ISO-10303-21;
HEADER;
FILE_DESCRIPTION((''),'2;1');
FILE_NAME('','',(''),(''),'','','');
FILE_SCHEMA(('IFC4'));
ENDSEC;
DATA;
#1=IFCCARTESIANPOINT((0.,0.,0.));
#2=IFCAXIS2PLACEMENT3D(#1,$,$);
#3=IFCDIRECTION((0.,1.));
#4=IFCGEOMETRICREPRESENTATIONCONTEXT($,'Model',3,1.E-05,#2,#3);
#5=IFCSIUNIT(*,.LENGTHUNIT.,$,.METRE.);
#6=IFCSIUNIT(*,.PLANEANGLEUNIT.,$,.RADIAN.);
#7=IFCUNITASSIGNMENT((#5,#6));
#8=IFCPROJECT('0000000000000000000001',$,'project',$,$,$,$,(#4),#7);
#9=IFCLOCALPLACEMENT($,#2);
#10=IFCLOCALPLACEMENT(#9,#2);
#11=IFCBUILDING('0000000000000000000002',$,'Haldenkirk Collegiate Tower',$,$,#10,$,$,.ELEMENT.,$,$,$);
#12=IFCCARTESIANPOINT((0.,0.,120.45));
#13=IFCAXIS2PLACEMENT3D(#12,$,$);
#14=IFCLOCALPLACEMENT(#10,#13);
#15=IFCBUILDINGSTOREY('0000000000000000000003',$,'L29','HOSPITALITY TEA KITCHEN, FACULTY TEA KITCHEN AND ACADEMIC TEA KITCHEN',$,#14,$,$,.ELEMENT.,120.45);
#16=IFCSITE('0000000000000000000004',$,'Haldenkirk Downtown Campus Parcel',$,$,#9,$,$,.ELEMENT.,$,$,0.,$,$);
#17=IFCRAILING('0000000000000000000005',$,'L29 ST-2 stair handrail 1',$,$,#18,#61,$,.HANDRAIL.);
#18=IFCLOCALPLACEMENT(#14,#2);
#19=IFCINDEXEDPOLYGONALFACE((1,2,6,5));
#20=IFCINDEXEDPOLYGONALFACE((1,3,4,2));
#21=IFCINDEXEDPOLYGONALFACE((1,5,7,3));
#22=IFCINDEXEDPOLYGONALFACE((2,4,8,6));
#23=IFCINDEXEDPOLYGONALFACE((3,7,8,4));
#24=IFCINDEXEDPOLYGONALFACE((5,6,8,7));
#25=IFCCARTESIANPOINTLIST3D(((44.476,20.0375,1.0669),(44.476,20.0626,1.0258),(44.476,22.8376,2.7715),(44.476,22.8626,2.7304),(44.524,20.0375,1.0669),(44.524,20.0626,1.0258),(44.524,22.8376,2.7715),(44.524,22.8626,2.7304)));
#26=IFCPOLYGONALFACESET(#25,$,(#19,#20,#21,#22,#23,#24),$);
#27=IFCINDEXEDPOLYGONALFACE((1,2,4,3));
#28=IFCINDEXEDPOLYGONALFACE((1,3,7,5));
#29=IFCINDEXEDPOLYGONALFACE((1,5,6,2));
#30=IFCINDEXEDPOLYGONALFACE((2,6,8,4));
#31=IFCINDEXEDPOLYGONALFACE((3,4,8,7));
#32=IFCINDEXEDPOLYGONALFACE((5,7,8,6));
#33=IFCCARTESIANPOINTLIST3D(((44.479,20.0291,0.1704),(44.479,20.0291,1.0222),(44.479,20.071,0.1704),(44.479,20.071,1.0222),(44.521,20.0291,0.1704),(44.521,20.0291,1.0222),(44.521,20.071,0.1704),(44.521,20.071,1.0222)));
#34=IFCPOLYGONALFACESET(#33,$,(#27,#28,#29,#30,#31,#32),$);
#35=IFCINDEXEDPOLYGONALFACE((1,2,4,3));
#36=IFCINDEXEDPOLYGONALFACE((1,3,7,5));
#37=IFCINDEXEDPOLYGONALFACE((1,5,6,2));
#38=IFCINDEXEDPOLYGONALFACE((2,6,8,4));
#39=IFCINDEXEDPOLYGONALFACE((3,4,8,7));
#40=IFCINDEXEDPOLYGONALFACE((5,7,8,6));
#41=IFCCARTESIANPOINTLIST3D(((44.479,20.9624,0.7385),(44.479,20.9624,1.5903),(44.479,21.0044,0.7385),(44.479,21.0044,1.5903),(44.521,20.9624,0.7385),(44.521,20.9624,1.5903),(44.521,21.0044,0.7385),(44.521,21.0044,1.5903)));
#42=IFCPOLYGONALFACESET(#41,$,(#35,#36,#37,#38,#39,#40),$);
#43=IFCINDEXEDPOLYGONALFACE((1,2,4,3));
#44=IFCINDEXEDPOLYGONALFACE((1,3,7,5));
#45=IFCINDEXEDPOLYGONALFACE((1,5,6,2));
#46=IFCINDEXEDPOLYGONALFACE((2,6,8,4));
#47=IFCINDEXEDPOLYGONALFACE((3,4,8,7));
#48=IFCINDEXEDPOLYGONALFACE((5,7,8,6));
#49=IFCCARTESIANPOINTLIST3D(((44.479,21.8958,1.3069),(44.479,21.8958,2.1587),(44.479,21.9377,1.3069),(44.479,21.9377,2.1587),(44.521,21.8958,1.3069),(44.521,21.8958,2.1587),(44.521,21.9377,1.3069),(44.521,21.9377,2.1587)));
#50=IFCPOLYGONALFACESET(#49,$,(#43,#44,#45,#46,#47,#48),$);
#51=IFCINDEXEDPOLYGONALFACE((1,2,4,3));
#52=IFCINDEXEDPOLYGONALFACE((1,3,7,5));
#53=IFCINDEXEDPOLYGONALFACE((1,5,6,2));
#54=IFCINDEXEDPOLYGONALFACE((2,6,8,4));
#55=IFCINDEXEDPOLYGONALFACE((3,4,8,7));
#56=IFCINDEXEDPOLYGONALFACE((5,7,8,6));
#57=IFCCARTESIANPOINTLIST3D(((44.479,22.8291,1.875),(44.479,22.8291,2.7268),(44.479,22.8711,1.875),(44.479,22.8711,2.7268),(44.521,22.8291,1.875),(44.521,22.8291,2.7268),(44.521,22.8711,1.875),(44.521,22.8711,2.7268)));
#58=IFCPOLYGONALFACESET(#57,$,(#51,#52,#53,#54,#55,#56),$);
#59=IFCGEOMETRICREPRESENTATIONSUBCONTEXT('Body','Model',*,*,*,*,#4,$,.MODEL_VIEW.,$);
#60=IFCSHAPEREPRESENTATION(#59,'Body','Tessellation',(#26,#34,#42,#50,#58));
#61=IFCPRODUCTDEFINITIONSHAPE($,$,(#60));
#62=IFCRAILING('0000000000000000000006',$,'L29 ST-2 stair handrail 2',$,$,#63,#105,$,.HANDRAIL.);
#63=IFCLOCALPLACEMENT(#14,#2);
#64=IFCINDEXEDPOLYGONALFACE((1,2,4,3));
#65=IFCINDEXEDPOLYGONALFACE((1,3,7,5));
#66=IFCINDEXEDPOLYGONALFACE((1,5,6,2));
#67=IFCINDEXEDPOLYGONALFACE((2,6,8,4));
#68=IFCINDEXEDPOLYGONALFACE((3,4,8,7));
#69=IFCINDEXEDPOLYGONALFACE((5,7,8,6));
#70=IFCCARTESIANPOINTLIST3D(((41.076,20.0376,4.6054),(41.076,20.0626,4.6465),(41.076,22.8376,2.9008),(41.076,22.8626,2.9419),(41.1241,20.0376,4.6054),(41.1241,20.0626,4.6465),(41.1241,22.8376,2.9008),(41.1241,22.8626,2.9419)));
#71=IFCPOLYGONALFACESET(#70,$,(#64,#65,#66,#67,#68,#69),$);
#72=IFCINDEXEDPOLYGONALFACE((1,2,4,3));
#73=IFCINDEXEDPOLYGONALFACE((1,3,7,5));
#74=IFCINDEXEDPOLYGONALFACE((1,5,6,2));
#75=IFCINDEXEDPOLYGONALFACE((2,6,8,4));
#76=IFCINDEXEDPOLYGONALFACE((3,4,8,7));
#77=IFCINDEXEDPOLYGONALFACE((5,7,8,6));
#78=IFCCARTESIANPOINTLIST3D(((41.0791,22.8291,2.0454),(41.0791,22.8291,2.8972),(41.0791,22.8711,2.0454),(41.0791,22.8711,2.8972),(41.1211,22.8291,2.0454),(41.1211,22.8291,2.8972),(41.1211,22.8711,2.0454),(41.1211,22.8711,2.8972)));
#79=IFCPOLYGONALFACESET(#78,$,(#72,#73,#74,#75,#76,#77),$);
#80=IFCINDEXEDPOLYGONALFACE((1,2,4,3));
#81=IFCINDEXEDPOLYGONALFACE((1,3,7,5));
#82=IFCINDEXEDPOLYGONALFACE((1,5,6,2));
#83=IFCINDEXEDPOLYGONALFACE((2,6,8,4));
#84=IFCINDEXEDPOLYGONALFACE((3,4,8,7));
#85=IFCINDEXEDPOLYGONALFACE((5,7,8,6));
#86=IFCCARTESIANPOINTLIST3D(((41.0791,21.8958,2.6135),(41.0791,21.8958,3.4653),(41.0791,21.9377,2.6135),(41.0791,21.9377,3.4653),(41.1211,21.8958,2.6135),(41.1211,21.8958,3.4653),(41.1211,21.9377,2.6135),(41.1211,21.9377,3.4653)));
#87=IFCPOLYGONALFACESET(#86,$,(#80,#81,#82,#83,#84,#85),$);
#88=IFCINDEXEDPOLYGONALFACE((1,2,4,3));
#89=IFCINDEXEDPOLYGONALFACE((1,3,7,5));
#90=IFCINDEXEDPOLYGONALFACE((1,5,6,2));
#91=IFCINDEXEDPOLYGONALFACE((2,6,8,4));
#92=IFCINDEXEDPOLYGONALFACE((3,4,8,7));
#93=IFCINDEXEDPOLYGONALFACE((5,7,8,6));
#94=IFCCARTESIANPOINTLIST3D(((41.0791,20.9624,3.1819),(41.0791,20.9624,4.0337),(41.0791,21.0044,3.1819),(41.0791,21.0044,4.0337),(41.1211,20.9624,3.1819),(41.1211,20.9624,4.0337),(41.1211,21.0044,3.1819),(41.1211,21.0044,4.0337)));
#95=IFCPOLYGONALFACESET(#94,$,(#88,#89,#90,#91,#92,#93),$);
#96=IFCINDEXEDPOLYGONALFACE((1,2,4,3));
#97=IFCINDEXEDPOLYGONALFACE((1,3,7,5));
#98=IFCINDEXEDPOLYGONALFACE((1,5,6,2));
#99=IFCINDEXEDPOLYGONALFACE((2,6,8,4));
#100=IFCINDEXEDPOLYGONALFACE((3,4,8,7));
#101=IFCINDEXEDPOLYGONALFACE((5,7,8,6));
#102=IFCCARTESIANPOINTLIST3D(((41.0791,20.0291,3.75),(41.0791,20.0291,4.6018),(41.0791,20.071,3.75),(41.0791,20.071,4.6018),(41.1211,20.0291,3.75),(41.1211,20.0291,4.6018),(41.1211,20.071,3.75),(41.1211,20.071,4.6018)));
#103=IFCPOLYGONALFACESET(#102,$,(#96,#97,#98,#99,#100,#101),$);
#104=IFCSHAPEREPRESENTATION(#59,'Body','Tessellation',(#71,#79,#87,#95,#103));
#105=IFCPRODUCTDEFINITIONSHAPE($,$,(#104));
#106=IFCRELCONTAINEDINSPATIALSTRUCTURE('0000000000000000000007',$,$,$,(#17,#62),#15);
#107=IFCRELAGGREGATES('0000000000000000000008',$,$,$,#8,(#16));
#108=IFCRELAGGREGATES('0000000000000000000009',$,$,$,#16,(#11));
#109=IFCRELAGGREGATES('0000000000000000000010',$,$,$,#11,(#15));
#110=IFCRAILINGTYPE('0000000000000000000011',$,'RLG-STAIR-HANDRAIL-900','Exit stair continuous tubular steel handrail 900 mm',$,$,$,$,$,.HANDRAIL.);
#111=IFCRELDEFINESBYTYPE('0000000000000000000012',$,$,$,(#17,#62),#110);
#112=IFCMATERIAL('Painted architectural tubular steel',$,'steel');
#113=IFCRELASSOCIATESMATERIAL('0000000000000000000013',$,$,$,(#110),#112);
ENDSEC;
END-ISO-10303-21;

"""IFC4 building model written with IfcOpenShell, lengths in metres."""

from ifc_helpers import new_model, si_unit, direction, frame, origin, origin_2d, place, context, subcontext, project, spatial, rectangle, extrude, material, type_object, element, save


model = new_model("IFC4")

# Units and contexts
model_context = context("Model", 3, precision=1e-05, world=origin(), true_north=direction((0.0, 1.0)))
body_context = subcontext(model_context, "Body", "Model", "MODEL_VIEW")
ifc_project = project(units=[si_unit("LENGTHUNIT", "METRE"), si_unit("PLANEANGLEUNIT", "RADIAN")], contexts=[model_context])

# Site, building, storey
site_placement = place(None, origin())
site = spatial("IfcSite", under=ifc_project, at=site_placement, Name="Haldenkirk Downtown Campus Parcel", CompositionType="ELEMENT", RefElevation=0.0)
building_placement = place(site_placement, origin())
building = spatial("IfcBuilding", under=site, at=building_placement, Name="Haldenkirk Collegiate Tower", CompositionType="ELEMENT")
storey_placement = place(building_placement, frame((0.0, 0.0, 120.45)))
storey = spatial("IfcBuildingStorey", under=building, at=storey_placement, Name="L29", Description="HOSPITALITY TEA KITCHEN, FACULTY TEA KITCHEN AND ACADEMIC TEA KITCHEN", CompositionType="ELEMENT", Elevation=120.45)

# Railings
ifc_material_1 = material(Name="Painted architectural tubular steel", Category="steel")
railing_type_1 = type_object("IfcRailingType", Name="RLG-STAIR-HANDRAIL-900", Description="Exit stair continuous tubular steel handrail 900 mm", PredefinedType="HANDRAIL", material=ifc_material_1)
railing_1_placement = place(storey_placement, frame((44.5, 20.05, 0.1704)))
element("IfcRailing", 1, at=railing_1_placement, inside=storey, type_object=railing_type_1, Name="L29 ST-2 stair handrail 1", PredefinedType="HANDRAIL", context=body_context, shape_type="SweptSolid", body=[
    extrude(rectangle(XDim=0.0481, YDim=0.0481, at=origin_2d()), frame((0.0, 0.0, 0.876), z_axis=(0.0, 0.85417, 0.519994), x_axis=(-1.0, 0.0, 0.0)), (0.0, 0.0, 1.0), 3.2781),
    extrude(rectangle(XDim=0.042, YDim=0.042, at=origin_2d()), origin(), (0.0, 0.0, 1.0), 0.8518),
    extrude(rectangle(XDim=0.042, YDim=0.042, at=origin_2d()), frame((0.0, 0.9333, 0.5681)), (0.0, 0.0, 1.0), 0.8518),
    extrude(rectangle(XDim=0.042, YDim=0.042, at=origin_2d()), frame((0.0, 1.8667, 1.1365)), (0.0, 0.0, 1.0), 0.8518),
    extrude(rectangle(XDim=0.042, YDim=0.042, at=origin_2d()), frame((0.0, 2.8, 1.7046)), (0.0, 0.0, 1.0), 0.8518),
])
railing_2_placement = place(storey_placement, frame((41.1001, 22.8501, 2.0454)))
element("IfcRailing", 2, at=railing_2_placement, inside=storey, type_object=railing_type_1, Name="L29 ST-2 stair handrail 2", PredefinedType="HANDRAIL", context=body_context, shape_type="SweptSolid", body=[
    extrude(rectangle(XDim=0.0481, YDim=0.0481, at=origin_2d()), frame((0.0, 0.0, 0.876), z_axis=(0.0, -0.85417, 0.519994), x_axis=(1.0, 0.0, 0.0)), (0.0, 0.0, 1.0), 3.2781),
    extrude(rectangle(XDim=0.042, YDim=0.042, at=origin_2d()), origin(), (0.0, 0.0, 1.0), 0.8518),
    extrude(rectangle(XDim=0.042, YDim=0.042, at=origin_2d()), frame((0.0, -0.9333, 0.5681)), (0.0, 0.0, 1.0), 0.8518),
    extrude(rectangle(XDim=0.042, YDim=0.042, at=origin_2d()), frame((0.0, -1.8667, 1.1365)), (0.0, 0.0, 1.0), 0.8518),
    extrude(rectangle(XDim=0.042, YDim=0.042, at=origin_2d()), frame((0.0, -2.8, 1.7046)), (0.0, 0.0, 1.0), 0.8518),
])

save(model, "model.ifc")
